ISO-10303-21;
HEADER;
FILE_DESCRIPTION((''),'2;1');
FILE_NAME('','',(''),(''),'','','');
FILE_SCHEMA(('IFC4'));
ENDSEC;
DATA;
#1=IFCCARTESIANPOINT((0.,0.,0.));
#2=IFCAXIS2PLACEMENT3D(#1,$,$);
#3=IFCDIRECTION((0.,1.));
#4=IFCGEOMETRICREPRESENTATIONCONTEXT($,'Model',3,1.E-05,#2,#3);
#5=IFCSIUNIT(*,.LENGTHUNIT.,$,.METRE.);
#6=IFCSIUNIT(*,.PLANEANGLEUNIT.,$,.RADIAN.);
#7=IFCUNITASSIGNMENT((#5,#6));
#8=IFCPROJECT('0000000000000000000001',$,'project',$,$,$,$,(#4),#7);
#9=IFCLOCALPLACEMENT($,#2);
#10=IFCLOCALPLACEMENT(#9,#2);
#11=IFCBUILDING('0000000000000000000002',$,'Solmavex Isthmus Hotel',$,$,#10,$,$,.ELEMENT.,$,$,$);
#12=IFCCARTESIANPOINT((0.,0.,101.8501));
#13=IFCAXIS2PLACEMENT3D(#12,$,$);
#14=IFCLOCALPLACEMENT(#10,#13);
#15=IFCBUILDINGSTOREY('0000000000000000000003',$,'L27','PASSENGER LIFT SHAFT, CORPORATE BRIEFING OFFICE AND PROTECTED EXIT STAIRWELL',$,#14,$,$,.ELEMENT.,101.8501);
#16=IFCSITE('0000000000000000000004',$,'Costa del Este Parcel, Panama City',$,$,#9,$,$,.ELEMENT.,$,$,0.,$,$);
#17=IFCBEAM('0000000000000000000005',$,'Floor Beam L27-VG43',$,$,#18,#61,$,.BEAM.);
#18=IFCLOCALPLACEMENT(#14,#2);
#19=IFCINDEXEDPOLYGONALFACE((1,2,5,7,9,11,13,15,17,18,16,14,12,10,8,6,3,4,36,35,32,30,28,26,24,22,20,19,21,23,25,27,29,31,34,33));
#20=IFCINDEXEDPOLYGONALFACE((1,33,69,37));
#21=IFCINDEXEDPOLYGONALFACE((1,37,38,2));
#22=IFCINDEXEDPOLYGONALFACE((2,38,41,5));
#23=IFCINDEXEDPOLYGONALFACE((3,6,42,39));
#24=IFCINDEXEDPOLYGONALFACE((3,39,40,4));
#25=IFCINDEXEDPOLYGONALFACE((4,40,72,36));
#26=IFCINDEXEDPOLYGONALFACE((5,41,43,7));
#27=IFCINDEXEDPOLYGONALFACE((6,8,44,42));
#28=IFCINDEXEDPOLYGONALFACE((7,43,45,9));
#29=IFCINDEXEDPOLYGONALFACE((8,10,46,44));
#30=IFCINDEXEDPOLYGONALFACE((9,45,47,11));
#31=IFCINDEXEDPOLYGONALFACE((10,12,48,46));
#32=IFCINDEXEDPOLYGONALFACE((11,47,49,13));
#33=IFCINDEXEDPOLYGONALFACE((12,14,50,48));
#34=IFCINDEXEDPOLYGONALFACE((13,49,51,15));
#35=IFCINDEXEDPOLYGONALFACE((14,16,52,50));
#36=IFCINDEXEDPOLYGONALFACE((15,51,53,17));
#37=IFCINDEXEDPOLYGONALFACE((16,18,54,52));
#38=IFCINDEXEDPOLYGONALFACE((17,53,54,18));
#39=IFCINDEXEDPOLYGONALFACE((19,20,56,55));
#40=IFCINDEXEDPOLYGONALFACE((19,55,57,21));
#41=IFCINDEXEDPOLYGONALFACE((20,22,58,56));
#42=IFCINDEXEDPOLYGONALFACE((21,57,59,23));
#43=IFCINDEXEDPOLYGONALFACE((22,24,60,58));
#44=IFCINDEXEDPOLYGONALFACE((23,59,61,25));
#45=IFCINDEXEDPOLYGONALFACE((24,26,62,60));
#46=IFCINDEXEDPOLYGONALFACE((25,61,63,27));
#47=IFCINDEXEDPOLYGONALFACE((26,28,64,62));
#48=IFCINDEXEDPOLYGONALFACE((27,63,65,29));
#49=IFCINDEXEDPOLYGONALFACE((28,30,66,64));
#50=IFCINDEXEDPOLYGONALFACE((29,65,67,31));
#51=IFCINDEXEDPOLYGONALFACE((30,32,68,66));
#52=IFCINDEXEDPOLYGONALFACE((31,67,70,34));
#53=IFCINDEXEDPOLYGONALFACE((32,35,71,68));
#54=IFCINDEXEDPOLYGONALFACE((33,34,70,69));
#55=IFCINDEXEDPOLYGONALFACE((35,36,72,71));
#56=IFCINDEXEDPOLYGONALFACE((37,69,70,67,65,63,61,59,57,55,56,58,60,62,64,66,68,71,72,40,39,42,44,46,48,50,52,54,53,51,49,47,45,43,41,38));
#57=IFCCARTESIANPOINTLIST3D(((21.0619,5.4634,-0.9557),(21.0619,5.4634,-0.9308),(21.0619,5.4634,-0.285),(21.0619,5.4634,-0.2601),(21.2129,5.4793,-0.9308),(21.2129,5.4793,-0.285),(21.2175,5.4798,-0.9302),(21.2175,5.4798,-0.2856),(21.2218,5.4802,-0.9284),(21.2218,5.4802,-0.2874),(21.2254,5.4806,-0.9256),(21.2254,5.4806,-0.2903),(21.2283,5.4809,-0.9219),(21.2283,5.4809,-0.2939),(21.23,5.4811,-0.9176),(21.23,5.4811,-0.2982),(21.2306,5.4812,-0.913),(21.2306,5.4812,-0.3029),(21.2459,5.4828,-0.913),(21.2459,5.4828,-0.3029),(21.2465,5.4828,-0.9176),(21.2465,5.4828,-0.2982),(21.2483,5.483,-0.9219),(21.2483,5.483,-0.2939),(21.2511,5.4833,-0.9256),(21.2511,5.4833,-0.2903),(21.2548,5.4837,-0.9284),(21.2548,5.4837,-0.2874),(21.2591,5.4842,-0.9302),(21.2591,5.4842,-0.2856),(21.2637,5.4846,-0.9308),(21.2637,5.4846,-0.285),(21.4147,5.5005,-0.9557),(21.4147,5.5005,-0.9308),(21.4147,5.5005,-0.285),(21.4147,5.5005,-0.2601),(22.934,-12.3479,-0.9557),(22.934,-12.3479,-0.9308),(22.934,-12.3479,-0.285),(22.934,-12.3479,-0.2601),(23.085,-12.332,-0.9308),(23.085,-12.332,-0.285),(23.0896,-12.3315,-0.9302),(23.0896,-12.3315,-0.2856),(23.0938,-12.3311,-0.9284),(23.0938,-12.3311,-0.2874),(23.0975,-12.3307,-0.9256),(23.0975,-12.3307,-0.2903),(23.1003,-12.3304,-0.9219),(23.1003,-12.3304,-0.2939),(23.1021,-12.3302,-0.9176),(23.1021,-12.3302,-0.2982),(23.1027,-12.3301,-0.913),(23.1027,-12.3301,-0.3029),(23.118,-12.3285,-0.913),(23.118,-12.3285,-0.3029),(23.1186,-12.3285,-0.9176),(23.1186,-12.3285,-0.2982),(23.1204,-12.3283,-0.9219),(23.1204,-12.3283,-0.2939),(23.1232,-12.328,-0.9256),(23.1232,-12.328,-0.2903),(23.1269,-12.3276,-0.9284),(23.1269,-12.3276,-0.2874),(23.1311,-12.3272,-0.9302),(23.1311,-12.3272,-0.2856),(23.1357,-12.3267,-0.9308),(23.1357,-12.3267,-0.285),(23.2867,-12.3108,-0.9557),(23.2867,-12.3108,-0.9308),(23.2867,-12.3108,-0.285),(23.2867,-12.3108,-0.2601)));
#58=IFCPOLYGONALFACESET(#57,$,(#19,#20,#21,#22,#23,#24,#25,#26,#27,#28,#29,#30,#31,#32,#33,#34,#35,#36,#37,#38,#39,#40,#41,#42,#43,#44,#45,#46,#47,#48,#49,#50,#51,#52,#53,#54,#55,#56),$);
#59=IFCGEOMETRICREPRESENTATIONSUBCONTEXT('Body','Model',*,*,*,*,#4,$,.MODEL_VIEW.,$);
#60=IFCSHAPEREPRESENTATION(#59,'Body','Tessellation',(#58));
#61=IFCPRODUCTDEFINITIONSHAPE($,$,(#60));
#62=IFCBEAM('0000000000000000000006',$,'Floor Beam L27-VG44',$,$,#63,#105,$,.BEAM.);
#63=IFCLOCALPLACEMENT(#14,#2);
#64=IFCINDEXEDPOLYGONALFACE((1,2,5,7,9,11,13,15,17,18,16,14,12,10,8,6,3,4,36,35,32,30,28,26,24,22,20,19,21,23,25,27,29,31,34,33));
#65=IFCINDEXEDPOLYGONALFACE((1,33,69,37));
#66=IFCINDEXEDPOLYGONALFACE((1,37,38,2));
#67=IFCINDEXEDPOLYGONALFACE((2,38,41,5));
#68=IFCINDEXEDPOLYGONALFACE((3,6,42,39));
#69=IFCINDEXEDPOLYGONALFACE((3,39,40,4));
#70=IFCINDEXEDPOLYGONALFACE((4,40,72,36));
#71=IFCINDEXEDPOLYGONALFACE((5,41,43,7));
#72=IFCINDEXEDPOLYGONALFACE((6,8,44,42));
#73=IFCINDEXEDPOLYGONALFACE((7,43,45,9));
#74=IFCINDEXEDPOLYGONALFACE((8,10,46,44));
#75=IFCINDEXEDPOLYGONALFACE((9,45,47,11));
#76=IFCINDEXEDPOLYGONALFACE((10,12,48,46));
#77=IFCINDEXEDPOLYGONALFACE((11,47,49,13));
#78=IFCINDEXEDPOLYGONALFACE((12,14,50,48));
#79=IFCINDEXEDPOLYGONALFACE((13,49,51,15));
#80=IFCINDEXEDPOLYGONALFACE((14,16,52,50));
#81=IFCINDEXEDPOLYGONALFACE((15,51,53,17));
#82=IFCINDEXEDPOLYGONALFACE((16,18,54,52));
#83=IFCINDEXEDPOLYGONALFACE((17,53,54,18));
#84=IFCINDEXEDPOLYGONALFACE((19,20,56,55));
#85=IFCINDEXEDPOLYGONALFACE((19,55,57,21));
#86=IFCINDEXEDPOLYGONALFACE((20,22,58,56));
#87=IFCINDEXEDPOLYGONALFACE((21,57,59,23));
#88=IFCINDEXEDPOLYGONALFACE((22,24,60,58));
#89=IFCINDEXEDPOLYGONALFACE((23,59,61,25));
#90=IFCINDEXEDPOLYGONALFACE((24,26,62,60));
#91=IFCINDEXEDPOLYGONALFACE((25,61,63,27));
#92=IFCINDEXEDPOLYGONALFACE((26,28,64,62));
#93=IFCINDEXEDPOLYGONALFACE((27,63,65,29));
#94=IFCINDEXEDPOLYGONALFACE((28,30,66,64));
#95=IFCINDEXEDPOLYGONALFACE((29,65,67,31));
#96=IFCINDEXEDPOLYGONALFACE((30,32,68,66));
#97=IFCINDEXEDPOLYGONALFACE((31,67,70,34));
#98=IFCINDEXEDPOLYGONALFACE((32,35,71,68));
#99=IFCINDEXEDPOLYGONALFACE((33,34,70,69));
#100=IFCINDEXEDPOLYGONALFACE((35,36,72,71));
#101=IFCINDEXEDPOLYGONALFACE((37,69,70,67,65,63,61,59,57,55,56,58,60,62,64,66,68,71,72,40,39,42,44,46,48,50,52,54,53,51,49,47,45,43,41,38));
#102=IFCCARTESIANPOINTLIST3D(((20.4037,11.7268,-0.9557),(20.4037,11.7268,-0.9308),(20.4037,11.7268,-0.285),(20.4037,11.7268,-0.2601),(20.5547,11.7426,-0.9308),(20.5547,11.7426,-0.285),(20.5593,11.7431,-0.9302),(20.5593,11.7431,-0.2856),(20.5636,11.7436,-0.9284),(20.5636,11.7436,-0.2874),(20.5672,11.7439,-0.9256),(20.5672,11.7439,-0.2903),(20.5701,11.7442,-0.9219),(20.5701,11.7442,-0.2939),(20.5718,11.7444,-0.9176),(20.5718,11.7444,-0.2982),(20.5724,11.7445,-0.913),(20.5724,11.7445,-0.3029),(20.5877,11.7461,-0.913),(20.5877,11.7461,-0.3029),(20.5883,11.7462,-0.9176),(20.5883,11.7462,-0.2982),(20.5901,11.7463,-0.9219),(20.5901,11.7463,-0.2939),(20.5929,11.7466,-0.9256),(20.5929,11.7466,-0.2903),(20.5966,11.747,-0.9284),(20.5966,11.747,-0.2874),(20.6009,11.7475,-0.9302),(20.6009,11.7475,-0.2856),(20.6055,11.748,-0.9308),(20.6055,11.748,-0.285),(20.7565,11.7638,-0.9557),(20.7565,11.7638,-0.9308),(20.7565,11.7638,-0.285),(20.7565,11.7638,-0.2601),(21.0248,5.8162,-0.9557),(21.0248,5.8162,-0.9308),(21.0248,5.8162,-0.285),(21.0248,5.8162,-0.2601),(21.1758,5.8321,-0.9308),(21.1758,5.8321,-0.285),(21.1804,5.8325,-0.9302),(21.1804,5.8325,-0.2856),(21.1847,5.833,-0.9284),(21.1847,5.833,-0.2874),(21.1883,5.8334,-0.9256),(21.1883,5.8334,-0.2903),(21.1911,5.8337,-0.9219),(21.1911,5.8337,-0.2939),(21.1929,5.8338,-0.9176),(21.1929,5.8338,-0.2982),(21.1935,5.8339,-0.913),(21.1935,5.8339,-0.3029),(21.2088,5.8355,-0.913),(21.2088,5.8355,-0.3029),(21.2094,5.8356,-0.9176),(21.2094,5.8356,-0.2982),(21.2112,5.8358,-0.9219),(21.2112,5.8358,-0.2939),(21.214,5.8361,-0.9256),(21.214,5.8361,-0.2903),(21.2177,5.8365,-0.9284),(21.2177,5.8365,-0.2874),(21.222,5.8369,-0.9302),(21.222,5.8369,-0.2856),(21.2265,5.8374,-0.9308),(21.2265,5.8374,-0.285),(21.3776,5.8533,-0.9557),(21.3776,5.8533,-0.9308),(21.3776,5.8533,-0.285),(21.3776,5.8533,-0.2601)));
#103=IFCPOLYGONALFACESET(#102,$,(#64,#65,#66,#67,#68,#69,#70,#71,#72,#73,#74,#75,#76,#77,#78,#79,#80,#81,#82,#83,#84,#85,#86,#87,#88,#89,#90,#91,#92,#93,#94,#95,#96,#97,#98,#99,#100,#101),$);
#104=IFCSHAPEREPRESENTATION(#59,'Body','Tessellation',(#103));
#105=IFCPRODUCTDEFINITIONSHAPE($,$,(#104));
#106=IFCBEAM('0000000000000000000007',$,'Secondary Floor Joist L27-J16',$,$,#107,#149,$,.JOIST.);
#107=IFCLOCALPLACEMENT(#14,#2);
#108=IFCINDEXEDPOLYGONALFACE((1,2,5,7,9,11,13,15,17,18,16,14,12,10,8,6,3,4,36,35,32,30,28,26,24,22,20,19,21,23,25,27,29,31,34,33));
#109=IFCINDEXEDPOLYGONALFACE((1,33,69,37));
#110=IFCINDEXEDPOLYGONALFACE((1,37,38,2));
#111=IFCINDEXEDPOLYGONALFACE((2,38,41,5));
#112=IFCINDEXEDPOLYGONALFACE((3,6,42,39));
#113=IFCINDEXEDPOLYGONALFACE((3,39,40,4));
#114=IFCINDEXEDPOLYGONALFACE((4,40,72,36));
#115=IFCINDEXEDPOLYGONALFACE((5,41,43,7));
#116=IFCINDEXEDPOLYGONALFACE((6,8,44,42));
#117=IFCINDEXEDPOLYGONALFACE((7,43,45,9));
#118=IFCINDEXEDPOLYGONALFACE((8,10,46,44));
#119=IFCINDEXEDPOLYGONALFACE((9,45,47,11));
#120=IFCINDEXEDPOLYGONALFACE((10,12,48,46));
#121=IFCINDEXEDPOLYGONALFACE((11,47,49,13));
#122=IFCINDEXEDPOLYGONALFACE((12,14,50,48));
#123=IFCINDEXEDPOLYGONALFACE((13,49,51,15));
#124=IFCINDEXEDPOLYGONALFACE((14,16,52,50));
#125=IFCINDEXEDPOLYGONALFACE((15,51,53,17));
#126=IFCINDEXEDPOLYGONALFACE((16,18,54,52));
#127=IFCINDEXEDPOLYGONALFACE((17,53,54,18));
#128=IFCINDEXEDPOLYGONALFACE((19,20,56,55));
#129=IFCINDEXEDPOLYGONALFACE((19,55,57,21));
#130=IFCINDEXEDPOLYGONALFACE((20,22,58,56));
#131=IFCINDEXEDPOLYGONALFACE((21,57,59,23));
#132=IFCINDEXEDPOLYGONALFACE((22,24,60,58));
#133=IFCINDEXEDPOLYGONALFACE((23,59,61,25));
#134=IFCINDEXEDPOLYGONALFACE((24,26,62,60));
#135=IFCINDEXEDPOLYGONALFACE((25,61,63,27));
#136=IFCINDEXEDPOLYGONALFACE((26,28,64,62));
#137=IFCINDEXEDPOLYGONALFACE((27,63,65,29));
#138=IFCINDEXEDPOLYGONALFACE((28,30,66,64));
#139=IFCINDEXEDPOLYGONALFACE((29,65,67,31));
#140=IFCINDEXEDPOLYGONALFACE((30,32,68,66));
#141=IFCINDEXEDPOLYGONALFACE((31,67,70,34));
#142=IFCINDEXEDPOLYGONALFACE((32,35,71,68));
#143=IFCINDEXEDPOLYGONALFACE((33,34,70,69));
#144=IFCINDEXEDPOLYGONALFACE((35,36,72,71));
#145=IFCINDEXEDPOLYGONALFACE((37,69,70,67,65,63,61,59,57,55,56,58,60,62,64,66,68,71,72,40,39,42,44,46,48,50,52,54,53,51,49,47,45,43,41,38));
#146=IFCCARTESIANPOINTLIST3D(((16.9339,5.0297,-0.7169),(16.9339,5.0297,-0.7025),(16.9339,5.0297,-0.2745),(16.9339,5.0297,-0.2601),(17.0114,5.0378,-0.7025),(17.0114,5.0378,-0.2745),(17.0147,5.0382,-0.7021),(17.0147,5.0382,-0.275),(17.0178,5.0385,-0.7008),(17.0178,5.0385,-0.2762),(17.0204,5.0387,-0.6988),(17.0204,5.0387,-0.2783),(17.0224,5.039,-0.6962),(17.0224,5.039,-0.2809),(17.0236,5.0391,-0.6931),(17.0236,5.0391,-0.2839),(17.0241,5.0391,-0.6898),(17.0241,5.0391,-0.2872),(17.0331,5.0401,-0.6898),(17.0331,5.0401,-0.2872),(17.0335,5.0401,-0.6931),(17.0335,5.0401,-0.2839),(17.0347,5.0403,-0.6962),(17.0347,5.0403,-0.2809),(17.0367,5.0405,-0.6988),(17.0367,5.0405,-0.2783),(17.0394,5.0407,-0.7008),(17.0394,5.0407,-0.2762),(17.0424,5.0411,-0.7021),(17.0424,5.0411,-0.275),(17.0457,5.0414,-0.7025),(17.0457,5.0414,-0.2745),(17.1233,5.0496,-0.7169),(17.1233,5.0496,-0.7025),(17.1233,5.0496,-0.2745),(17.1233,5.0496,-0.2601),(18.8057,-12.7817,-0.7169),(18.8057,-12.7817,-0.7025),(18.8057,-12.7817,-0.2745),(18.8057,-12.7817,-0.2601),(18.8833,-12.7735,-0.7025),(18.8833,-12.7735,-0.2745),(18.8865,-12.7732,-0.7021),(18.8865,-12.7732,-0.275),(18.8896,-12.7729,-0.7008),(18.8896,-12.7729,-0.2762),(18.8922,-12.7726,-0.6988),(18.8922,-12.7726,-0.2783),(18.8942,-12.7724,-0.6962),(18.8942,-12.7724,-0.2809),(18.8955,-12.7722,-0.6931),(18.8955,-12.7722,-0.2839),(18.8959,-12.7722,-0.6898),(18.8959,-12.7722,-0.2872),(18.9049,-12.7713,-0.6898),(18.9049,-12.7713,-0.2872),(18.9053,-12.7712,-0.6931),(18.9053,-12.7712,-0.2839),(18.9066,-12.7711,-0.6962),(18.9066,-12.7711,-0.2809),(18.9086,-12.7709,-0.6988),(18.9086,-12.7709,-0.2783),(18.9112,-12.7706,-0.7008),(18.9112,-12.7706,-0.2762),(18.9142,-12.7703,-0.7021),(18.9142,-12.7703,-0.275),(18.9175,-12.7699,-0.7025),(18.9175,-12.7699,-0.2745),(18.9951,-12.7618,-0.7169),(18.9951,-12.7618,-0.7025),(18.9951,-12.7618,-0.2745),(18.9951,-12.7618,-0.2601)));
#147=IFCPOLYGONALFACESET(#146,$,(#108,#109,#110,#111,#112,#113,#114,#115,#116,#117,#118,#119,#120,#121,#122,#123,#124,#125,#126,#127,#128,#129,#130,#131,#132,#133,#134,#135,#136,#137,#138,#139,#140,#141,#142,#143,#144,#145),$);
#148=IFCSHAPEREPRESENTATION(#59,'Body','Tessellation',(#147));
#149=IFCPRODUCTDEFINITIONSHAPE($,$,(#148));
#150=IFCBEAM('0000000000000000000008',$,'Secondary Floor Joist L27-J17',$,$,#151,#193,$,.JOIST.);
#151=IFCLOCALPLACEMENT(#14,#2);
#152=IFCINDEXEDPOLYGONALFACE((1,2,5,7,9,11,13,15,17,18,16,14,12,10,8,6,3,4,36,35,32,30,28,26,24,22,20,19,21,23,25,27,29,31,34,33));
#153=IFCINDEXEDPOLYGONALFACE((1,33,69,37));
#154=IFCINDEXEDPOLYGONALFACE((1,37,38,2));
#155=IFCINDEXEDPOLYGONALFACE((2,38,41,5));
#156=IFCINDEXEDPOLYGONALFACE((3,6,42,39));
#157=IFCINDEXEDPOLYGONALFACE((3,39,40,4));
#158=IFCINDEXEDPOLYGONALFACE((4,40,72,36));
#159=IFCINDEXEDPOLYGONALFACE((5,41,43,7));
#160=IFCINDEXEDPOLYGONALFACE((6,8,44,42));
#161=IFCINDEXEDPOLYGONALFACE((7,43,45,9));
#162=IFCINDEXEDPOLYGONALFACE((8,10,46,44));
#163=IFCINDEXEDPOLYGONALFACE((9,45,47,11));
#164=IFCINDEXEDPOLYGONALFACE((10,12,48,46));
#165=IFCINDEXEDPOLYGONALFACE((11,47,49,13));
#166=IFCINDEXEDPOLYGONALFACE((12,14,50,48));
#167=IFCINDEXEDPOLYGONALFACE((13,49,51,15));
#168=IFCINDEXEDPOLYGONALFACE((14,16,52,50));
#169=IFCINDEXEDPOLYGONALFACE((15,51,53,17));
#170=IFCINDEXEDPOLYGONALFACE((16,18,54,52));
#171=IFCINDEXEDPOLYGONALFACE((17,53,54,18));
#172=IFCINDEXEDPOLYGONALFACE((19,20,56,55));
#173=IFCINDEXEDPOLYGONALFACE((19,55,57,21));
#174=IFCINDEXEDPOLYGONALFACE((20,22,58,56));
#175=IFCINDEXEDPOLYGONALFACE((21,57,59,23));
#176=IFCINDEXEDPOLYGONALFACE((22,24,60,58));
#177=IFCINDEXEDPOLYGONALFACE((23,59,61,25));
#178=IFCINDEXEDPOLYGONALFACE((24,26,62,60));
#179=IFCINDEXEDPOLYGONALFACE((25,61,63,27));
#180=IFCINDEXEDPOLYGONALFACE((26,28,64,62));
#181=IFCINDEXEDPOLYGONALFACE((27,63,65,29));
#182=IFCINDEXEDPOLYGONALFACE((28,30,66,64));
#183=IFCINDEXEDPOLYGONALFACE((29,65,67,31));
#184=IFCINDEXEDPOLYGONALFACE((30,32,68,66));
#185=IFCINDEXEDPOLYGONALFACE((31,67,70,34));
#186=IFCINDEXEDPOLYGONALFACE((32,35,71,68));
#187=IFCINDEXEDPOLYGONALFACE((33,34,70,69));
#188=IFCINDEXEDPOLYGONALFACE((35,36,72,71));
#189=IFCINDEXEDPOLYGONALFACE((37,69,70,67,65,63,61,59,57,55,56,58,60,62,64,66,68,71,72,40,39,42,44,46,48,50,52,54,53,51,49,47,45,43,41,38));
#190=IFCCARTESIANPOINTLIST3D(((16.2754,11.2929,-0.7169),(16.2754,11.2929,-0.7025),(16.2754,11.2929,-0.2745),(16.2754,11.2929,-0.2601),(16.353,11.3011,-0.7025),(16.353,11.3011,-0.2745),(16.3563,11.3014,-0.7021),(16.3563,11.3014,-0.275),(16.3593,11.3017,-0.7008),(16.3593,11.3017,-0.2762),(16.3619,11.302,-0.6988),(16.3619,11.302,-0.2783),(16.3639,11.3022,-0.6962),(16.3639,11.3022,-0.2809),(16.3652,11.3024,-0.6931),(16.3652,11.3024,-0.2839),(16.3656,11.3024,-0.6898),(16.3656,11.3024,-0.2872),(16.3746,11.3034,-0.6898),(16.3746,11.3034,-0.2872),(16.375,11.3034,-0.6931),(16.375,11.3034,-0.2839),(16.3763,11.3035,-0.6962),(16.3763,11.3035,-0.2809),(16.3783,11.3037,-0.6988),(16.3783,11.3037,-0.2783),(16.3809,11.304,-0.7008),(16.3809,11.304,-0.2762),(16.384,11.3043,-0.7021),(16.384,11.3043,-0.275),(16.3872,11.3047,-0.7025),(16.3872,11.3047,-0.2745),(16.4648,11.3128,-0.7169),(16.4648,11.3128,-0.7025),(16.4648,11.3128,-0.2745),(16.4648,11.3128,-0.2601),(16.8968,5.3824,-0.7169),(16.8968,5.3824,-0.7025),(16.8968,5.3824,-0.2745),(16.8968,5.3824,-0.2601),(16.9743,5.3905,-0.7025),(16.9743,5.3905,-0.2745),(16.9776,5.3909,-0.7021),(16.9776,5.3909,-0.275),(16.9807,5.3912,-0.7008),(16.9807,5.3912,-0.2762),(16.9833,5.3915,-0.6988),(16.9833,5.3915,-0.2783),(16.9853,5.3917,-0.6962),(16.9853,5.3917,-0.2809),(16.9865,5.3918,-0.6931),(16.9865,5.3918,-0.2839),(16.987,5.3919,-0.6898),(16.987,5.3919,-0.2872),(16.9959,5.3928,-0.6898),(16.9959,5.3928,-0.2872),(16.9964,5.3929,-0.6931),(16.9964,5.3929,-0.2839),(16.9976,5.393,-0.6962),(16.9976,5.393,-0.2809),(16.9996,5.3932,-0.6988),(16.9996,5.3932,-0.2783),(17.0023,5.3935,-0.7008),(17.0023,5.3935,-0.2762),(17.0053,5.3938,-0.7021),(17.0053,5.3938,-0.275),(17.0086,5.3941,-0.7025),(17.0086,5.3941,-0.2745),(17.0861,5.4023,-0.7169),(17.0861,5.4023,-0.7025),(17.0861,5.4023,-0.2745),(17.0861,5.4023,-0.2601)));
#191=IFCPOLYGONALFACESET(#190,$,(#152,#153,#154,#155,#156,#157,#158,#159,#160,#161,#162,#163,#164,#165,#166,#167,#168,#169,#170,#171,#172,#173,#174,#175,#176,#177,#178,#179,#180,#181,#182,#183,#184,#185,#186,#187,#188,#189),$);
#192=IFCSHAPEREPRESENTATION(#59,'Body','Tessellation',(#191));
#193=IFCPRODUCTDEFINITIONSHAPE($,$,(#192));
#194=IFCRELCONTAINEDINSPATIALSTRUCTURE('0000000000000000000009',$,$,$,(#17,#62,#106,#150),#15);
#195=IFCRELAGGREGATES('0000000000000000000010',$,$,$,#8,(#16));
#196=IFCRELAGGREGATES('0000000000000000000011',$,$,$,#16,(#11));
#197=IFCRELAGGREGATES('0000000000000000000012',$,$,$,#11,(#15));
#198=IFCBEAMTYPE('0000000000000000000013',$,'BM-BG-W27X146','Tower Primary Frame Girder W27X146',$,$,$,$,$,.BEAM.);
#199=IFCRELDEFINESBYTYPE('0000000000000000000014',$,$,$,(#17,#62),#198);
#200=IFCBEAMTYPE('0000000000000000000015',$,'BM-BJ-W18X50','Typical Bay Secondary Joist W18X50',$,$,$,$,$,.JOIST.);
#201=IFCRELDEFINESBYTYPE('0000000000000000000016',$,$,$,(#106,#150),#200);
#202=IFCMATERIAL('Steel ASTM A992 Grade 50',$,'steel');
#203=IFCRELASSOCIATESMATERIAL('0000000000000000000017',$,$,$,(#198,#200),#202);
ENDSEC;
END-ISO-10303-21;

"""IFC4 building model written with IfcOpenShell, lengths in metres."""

from ifc_helpers import new_model, si_unit, direction, frame, origin, origin_2d, place, context, subcontext, project, spatial, i_section, extrude, material, material_profile, profile_set, type_object, element, save


model = new_model("IFC4")

# Units and contexts
model_context = context("Model", 3, precision=1e-05, world=origin(), true_north=direction((0.0, 1.0)))
body_context = subcontext(model_context, "Body", "Model", "MODEL_VIEW")
ifc_project = project(units=[si_unit("LENGTHUNIT", "METRE"), si_unit("PLANEANGLEUNIT", "RADIAN")], contexts=[model_context])

# Site, building, storey
site_placement = place(None, origin())
site = spatial("IfcSite", under=ifc_project, at=site_placement, Name="Costa del Este Parcel, Panama City", CompositionType="ELEMENT", RefElevation=0.0)
building_placement = place(site_placement, origin())
building = spatial("IfcBuilding", under=site, at=building_placement, Name="Solmavex Isthmus Hotel", CompositionType="ELEMENT")
storey_placement = place(building_placement, frame((0.0, 0.0, 101.8501)))
storey = spatial("IfcBuildingStorey", under=building, at=storey_placement, Name="L27", Description="PASSENGER LIFT SHAFT, CORPORATE BRIEFING OFFICE AND PROTECTED EXIT STAIRWELL", CompositionType="ELEMENT", Elevation=101.8501)

# Beams
ifc_material_1 = material(Name="Steel ASTM A992 Grade 50", Category="steel")
ifc_material_profile_1 = material_profile(ifc_material_1, i_section(OverallWidth=0.3547, OverallDepth=0.6956, WebThickness=0.0154, FlangeThickness=0.0249, FilletRadius=0.0178, at=origin_2d()), Name="W27X146")
ifc_profile_set_1 = profile_set([ifc_material_profile_1], Name="Steel ASTM A992 Grade 50")
beam_type_1 = type_object("IfcBeamType", Name="BM-BG-W27X146", Description="Tower Primary Frame Girder W27X146", PredefinedType="BEAM", material=ifc_profile_set_1)
beam_1_placement = place(storey_placement, frame((23.1104, -12.3293, -0.6079), z_axis=(-0.10453, 0.994522, 0.0), x_axis=(-0.994522, -0.10453, 0.0)))
element("IfcBeam", 1, at=beam_1_placement, inside=storey, type_object=beam_type_1, Name="Floor Beam L27-VG43", PredefinedType="BEAM", context=body_context, shape_type="SweptSolid", body=[
    extrude(i_section(OverallWidth=0.3547, OverallDepth=0.6956, WebThickness=0.0154, FlangeThickness=0.0249, FilletRadius=0.0178, at=origin_2d()), origin(), (0.0, 0.0, 1.0), 17.9094),
])
beam_2_placement = place(storey_placement, frame((21.2012, 5.8347, -0.6079), z_axis=(-0.104505, 0.994524, 0.0), x_axis=(-0.994524, -0.104505, 0.0)))
element("IfcBeam", 2, at=beam_2_placement, inside=storey, type_object=beam_type_1, Name="Floor Beam L27-VG44", PredefinedType="BEAM", context=body_context, shape_type="SweptSolid", body=[
    extrude(i_section(OverallWidth=0.3547, OverallDepth=0.6956, WebThickness=0.0154, FlangeThickness=0.0249, FilletRadius=0.0178, at=origin_2d()), origin(), (0.0, 0.0, 1.0), 5.9431),
])
ifc_material_profile_2 = material_profile(ifc_material_1, i_section(OverallWidth=0.1904, OverallDepth=0.4568, WebThickness=0.009, FlangeThickness=0.0144, FilletRadius=0.0127, at=origin_2d()), Name="W18X50")
ifc_profile_set_2 = profile_set([ifc_material_profile_2], Name="Steel ASTM A992 Grade 50")
beam_type_2 = type_object("IfcBeamType", Name="BM-BJ-W18X50", Description="Typical Bay Secondary Joist W18X50", PredefinedType="JOIST", material=ifc_profile_set_2)
beam_3_placement = place(storey_placement, frame((18.9004, -12.7717, -0.4885), z_axis=(-0.104517, 0.994523, 0.0), x_axis=(-0.994523, -0.104517, 0.0)))
element("IfcBeam", 3, at=beam_3_placement, inside=storey, type_object=beam_type_2, Name="Secondary Floor Joist L27-J16", PredefinedType="JOIST", context=body_context, shape_type="SweptSolid", body=[
    extrude(i_section(OverallWidth=0.1904, OverallDepth=0.4568, WebThickness=0.009, FlangeThickness=0.0144, FilletRadius=0.0127, at=origin_2d()), origin(), (0.0, 0.0, 1.0), 17.9094),
])
beam_4_placement = place(storey_placement, frame((16.9915, 5.3923, -0.4885), z_axis=(-0.104546, 0.99452, 0.0), x_axis=(-0.99452, -0.104546, 0.0)))
element("IfcBeam", 4, at=beam_4_placement, inside=storey, type_object=beam_type_2, Name="Secondary Floor Joist L27-J17", PredefinedType="JOIST", context=body_context, shape_type="SweptSolid", body=[
    extrude(i_section(OverallWidth=0.1904, OverallDepth=0.4568, WebThickness=0.009, FlangeThickness=0.0144, FilletRadius=0.0127, at=origin_2d()), origin(), (0.0, 0.0, 1.0), 5.9431),
])

save(model, "model.ifc")
